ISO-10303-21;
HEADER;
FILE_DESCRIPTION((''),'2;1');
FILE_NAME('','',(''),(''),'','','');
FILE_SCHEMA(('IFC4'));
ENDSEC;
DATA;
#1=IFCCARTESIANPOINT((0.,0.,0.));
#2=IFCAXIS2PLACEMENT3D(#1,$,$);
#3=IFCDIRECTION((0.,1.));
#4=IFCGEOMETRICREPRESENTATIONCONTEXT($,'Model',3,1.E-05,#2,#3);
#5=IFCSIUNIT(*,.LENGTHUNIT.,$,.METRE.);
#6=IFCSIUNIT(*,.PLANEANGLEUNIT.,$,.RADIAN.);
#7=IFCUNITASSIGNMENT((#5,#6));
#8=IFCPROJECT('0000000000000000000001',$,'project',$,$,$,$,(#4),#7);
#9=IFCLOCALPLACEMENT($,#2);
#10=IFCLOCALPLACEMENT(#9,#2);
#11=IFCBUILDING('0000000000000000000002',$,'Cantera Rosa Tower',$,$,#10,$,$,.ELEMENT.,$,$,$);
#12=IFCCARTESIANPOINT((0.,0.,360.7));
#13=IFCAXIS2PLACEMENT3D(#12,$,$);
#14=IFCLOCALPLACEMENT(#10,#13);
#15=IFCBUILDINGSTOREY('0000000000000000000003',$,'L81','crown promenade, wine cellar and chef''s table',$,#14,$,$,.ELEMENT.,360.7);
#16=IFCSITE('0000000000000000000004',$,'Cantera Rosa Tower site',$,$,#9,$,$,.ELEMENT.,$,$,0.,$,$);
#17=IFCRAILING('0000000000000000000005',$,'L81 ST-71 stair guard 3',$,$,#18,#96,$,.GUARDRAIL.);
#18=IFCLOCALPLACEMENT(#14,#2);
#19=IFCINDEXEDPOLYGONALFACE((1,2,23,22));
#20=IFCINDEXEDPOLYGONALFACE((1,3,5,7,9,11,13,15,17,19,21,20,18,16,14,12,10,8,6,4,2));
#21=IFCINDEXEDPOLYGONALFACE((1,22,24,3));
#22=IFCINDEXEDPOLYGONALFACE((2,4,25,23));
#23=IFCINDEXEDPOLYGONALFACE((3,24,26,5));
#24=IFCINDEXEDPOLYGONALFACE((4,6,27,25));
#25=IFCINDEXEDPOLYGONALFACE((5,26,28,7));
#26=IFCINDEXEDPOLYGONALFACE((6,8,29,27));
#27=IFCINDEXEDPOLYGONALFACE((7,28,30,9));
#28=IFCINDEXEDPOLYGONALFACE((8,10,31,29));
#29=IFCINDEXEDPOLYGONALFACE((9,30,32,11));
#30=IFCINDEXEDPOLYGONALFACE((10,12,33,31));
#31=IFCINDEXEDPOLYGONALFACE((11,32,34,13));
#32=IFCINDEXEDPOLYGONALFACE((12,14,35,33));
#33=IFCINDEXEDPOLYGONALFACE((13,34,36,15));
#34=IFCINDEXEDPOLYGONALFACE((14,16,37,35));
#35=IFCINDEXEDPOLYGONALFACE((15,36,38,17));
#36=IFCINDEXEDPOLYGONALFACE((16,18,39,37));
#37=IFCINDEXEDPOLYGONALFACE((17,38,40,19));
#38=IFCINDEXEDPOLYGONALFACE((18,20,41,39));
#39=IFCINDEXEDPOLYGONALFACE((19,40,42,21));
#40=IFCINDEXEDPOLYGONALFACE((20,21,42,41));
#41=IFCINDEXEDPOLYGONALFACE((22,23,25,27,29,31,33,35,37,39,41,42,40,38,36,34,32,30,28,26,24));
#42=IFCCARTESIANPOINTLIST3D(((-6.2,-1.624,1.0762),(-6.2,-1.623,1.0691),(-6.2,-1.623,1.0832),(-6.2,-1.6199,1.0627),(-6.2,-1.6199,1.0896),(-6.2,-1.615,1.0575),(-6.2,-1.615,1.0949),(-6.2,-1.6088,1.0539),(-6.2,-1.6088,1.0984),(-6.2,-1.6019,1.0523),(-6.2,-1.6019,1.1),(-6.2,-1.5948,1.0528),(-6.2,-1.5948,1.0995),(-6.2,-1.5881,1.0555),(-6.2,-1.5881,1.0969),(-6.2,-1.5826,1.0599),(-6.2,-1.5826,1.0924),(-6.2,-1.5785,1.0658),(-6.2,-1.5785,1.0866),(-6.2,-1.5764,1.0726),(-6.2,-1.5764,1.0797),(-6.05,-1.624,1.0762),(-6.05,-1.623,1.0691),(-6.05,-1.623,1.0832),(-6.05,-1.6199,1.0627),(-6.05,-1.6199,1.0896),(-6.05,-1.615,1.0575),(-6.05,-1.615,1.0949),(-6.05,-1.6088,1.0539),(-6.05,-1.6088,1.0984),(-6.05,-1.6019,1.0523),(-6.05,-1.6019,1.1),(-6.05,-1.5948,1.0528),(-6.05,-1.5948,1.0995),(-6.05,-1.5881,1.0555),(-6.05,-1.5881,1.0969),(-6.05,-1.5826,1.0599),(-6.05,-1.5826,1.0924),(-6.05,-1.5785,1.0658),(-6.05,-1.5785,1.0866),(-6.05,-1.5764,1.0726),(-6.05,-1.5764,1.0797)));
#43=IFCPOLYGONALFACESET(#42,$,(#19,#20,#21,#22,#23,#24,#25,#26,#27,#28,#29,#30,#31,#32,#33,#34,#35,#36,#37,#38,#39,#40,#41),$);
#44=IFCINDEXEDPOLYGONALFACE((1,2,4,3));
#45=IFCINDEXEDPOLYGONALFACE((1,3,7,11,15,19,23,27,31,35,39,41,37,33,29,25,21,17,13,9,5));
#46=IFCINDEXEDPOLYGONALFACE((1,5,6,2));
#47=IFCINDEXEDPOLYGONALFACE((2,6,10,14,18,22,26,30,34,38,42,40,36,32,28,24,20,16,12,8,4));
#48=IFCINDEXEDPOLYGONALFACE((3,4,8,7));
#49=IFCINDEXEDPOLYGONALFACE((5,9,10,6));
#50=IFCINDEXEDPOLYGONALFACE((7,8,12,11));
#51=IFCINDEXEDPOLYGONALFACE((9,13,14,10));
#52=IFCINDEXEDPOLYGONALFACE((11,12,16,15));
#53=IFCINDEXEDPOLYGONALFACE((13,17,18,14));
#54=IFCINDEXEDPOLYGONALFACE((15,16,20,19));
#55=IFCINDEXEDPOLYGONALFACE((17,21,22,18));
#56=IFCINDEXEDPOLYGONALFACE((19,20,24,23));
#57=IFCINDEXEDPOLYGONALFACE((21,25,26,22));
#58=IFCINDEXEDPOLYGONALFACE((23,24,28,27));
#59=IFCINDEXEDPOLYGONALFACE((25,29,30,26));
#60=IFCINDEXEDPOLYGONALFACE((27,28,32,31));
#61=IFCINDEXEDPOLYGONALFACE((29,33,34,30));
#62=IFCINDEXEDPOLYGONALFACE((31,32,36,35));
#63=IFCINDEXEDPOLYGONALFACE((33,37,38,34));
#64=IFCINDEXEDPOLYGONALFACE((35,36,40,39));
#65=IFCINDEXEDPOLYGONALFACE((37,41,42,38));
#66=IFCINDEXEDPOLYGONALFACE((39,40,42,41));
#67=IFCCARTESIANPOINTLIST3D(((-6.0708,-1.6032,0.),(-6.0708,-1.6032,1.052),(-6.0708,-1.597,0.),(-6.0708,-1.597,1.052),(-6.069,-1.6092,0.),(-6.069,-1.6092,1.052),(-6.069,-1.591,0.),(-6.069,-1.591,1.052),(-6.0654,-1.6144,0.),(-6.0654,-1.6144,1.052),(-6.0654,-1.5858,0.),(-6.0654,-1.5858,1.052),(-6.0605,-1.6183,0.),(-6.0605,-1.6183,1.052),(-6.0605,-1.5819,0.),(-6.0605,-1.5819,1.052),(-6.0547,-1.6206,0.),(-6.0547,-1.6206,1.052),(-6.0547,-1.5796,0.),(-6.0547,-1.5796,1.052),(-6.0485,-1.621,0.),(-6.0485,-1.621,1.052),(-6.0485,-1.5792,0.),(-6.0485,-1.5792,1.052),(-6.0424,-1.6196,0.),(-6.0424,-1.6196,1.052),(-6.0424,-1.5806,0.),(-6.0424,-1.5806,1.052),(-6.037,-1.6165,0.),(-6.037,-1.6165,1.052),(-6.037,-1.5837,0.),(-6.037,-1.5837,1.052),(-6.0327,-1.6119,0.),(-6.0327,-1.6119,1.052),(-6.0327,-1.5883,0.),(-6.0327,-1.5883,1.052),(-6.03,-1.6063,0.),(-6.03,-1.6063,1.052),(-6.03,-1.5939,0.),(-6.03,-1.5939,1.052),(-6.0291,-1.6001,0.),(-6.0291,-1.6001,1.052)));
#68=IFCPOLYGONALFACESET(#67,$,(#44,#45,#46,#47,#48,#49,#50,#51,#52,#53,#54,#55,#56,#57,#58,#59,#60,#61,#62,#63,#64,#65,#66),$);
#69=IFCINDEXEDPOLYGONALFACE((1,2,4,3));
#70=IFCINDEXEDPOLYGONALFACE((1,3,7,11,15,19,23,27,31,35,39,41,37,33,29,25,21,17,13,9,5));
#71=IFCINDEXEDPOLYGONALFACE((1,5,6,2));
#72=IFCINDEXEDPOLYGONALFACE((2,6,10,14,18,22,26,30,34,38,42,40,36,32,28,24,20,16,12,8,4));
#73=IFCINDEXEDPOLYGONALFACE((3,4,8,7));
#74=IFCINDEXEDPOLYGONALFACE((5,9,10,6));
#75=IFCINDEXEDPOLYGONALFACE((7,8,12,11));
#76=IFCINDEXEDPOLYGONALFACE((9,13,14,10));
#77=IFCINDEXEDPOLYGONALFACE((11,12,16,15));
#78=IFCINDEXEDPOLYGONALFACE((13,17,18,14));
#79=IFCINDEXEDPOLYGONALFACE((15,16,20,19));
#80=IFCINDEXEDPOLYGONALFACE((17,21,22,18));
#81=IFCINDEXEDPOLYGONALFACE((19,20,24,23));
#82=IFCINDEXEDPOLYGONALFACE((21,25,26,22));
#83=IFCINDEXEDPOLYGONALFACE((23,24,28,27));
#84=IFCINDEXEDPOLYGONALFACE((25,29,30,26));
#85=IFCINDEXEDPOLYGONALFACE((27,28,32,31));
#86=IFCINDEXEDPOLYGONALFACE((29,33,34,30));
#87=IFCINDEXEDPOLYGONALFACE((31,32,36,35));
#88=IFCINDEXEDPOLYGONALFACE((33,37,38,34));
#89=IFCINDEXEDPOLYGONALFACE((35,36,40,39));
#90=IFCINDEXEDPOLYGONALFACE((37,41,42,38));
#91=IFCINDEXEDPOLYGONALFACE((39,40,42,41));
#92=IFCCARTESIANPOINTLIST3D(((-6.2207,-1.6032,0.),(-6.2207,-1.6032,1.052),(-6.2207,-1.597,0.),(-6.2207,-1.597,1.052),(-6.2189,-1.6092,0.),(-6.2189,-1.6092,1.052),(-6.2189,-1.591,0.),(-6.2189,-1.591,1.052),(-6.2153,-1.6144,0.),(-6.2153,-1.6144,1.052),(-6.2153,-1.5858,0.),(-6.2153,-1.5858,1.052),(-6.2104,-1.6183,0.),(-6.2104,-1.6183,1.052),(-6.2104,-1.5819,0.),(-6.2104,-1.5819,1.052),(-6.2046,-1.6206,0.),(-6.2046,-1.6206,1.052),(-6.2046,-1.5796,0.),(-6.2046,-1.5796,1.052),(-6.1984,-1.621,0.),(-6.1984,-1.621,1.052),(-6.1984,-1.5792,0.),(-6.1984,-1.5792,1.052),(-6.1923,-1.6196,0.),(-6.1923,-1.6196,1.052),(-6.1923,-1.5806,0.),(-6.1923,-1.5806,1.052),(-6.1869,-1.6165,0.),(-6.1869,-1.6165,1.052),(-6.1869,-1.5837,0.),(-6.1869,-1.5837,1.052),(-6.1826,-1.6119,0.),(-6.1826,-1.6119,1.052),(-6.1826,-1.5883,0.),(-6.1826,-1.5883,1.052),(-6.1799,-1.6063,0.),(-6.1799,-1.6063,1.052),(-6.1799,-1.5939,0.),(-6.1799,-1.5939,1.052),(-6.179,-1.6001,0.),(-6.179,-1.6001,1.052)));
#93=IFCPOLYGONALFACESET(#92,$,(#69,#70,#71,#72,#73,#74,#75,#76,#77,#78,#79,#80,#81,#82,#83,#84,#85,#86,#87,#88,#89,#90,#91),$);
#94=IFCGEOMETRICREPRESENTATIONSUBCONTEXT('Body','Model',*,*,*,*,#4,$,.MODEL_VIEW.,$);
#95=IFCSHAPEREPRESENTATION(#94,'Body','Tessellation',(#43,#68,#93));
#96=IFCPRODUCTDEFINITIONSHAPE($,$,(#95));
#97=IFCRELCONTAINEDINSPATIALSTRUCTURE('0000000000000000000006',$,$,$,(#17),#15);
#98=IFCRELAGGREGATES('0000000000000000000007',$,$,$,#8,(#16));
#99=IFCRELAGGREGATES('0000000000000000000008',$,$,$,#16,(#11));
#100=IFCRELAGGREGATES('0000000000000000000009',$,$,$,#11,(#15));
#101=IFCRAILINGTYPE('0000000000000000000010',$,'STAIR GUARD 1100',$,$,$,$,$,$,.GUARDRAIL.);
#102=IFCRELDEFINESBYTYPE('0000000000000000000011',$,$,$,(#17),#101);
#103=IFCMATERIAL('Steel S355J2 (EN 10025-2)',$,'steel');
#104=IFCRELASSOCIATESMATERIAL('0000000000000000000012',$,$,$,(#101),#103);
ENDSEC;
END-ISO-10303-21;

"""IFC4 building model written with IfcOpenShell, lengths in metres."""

from ifc_helpers import new_model, si_unit, direction, frame, origin, origin_2d, place, context, subcontext, project, spatial, circle, extrude, material, type_object, element, save


model = new_model("IFC4")

# Units and contexts
model_context = context("Model", 3, precision=1e-05, world=origin(), true_north=direction((0.0, 1.0)))
body_context = subcontext(model_context, "Body", "Model", "MODEL_VIEW")
ifc_project = project(units=[si_unit("LENGTHUNIT", "METRE"), si_unit("PLANEANGLEUNIT", "RADIAN")], contexts=[model_context])

# Site, building, storey
site_placement = place(None, origin())
site = spatial("IfcSite", under=ifc_project, at=site_placement, Name="Cantera Rosa Tower site", CompositionType="ELEMENT", RefElevation=0.0)
building_placement = place(site_placement, origin())
building = spatial("IfcBuilding", under=site, at=building_placement, Name="Cantera Rosa Tower", CompositionType="ELEMENT")
storey_placement = place(building_placement, frame((0.0, 0.0, 360.7)))
storey = spatial("IfcBuildingStorey", under=building, at=storey_placement, Name="L81", Description="crown promenade, wine cellar and chef's table", CompositionType="ELEMENT", Elevation=360.7)

# Railing
ifc_material_1 = material(Name="Steel S355J2 (EN 10025-2)", Category="steel")
railing_type_1 = type_object("IfcRailingType", Name="STAIR GUARD 1100", PredefinedType="GUARDRAIL", material=ifc_material_1)
railing_1_placement = place(storey_placement, frame((-6.05, -1.6001, 0.0)))
element("IfcRailing", 1, at=railing_1_placement, inside=storey, type_object=railing_type_1, Name="L81 ST-71 stair guard 3", PredefinedType="GUARDRAIL", context=body_context, shape_type="SweptSolid", body=[
    extrude(circle(Radius=0.0239, at=origin_2d()), frame((0.0, 0.0, 1.0762), z_axis=(-1.0, 0.0, 0.0), x_axis=(0.0, -1.0, 0.0)), (0.0, 0.0, 1.0), 0.1499),
    extrude(circle(Radius=0.021, at=origin_2d()), origin(), (0.0, 0.0, 1.0), 1.052),
    extrude(circle(Radius=0.021, at=origin_2d()), frame((-0.1499, 0.0, 0.0)), (0.0, 0.0, 1.0), 1.052),
])

save(model, "model.ifc")
